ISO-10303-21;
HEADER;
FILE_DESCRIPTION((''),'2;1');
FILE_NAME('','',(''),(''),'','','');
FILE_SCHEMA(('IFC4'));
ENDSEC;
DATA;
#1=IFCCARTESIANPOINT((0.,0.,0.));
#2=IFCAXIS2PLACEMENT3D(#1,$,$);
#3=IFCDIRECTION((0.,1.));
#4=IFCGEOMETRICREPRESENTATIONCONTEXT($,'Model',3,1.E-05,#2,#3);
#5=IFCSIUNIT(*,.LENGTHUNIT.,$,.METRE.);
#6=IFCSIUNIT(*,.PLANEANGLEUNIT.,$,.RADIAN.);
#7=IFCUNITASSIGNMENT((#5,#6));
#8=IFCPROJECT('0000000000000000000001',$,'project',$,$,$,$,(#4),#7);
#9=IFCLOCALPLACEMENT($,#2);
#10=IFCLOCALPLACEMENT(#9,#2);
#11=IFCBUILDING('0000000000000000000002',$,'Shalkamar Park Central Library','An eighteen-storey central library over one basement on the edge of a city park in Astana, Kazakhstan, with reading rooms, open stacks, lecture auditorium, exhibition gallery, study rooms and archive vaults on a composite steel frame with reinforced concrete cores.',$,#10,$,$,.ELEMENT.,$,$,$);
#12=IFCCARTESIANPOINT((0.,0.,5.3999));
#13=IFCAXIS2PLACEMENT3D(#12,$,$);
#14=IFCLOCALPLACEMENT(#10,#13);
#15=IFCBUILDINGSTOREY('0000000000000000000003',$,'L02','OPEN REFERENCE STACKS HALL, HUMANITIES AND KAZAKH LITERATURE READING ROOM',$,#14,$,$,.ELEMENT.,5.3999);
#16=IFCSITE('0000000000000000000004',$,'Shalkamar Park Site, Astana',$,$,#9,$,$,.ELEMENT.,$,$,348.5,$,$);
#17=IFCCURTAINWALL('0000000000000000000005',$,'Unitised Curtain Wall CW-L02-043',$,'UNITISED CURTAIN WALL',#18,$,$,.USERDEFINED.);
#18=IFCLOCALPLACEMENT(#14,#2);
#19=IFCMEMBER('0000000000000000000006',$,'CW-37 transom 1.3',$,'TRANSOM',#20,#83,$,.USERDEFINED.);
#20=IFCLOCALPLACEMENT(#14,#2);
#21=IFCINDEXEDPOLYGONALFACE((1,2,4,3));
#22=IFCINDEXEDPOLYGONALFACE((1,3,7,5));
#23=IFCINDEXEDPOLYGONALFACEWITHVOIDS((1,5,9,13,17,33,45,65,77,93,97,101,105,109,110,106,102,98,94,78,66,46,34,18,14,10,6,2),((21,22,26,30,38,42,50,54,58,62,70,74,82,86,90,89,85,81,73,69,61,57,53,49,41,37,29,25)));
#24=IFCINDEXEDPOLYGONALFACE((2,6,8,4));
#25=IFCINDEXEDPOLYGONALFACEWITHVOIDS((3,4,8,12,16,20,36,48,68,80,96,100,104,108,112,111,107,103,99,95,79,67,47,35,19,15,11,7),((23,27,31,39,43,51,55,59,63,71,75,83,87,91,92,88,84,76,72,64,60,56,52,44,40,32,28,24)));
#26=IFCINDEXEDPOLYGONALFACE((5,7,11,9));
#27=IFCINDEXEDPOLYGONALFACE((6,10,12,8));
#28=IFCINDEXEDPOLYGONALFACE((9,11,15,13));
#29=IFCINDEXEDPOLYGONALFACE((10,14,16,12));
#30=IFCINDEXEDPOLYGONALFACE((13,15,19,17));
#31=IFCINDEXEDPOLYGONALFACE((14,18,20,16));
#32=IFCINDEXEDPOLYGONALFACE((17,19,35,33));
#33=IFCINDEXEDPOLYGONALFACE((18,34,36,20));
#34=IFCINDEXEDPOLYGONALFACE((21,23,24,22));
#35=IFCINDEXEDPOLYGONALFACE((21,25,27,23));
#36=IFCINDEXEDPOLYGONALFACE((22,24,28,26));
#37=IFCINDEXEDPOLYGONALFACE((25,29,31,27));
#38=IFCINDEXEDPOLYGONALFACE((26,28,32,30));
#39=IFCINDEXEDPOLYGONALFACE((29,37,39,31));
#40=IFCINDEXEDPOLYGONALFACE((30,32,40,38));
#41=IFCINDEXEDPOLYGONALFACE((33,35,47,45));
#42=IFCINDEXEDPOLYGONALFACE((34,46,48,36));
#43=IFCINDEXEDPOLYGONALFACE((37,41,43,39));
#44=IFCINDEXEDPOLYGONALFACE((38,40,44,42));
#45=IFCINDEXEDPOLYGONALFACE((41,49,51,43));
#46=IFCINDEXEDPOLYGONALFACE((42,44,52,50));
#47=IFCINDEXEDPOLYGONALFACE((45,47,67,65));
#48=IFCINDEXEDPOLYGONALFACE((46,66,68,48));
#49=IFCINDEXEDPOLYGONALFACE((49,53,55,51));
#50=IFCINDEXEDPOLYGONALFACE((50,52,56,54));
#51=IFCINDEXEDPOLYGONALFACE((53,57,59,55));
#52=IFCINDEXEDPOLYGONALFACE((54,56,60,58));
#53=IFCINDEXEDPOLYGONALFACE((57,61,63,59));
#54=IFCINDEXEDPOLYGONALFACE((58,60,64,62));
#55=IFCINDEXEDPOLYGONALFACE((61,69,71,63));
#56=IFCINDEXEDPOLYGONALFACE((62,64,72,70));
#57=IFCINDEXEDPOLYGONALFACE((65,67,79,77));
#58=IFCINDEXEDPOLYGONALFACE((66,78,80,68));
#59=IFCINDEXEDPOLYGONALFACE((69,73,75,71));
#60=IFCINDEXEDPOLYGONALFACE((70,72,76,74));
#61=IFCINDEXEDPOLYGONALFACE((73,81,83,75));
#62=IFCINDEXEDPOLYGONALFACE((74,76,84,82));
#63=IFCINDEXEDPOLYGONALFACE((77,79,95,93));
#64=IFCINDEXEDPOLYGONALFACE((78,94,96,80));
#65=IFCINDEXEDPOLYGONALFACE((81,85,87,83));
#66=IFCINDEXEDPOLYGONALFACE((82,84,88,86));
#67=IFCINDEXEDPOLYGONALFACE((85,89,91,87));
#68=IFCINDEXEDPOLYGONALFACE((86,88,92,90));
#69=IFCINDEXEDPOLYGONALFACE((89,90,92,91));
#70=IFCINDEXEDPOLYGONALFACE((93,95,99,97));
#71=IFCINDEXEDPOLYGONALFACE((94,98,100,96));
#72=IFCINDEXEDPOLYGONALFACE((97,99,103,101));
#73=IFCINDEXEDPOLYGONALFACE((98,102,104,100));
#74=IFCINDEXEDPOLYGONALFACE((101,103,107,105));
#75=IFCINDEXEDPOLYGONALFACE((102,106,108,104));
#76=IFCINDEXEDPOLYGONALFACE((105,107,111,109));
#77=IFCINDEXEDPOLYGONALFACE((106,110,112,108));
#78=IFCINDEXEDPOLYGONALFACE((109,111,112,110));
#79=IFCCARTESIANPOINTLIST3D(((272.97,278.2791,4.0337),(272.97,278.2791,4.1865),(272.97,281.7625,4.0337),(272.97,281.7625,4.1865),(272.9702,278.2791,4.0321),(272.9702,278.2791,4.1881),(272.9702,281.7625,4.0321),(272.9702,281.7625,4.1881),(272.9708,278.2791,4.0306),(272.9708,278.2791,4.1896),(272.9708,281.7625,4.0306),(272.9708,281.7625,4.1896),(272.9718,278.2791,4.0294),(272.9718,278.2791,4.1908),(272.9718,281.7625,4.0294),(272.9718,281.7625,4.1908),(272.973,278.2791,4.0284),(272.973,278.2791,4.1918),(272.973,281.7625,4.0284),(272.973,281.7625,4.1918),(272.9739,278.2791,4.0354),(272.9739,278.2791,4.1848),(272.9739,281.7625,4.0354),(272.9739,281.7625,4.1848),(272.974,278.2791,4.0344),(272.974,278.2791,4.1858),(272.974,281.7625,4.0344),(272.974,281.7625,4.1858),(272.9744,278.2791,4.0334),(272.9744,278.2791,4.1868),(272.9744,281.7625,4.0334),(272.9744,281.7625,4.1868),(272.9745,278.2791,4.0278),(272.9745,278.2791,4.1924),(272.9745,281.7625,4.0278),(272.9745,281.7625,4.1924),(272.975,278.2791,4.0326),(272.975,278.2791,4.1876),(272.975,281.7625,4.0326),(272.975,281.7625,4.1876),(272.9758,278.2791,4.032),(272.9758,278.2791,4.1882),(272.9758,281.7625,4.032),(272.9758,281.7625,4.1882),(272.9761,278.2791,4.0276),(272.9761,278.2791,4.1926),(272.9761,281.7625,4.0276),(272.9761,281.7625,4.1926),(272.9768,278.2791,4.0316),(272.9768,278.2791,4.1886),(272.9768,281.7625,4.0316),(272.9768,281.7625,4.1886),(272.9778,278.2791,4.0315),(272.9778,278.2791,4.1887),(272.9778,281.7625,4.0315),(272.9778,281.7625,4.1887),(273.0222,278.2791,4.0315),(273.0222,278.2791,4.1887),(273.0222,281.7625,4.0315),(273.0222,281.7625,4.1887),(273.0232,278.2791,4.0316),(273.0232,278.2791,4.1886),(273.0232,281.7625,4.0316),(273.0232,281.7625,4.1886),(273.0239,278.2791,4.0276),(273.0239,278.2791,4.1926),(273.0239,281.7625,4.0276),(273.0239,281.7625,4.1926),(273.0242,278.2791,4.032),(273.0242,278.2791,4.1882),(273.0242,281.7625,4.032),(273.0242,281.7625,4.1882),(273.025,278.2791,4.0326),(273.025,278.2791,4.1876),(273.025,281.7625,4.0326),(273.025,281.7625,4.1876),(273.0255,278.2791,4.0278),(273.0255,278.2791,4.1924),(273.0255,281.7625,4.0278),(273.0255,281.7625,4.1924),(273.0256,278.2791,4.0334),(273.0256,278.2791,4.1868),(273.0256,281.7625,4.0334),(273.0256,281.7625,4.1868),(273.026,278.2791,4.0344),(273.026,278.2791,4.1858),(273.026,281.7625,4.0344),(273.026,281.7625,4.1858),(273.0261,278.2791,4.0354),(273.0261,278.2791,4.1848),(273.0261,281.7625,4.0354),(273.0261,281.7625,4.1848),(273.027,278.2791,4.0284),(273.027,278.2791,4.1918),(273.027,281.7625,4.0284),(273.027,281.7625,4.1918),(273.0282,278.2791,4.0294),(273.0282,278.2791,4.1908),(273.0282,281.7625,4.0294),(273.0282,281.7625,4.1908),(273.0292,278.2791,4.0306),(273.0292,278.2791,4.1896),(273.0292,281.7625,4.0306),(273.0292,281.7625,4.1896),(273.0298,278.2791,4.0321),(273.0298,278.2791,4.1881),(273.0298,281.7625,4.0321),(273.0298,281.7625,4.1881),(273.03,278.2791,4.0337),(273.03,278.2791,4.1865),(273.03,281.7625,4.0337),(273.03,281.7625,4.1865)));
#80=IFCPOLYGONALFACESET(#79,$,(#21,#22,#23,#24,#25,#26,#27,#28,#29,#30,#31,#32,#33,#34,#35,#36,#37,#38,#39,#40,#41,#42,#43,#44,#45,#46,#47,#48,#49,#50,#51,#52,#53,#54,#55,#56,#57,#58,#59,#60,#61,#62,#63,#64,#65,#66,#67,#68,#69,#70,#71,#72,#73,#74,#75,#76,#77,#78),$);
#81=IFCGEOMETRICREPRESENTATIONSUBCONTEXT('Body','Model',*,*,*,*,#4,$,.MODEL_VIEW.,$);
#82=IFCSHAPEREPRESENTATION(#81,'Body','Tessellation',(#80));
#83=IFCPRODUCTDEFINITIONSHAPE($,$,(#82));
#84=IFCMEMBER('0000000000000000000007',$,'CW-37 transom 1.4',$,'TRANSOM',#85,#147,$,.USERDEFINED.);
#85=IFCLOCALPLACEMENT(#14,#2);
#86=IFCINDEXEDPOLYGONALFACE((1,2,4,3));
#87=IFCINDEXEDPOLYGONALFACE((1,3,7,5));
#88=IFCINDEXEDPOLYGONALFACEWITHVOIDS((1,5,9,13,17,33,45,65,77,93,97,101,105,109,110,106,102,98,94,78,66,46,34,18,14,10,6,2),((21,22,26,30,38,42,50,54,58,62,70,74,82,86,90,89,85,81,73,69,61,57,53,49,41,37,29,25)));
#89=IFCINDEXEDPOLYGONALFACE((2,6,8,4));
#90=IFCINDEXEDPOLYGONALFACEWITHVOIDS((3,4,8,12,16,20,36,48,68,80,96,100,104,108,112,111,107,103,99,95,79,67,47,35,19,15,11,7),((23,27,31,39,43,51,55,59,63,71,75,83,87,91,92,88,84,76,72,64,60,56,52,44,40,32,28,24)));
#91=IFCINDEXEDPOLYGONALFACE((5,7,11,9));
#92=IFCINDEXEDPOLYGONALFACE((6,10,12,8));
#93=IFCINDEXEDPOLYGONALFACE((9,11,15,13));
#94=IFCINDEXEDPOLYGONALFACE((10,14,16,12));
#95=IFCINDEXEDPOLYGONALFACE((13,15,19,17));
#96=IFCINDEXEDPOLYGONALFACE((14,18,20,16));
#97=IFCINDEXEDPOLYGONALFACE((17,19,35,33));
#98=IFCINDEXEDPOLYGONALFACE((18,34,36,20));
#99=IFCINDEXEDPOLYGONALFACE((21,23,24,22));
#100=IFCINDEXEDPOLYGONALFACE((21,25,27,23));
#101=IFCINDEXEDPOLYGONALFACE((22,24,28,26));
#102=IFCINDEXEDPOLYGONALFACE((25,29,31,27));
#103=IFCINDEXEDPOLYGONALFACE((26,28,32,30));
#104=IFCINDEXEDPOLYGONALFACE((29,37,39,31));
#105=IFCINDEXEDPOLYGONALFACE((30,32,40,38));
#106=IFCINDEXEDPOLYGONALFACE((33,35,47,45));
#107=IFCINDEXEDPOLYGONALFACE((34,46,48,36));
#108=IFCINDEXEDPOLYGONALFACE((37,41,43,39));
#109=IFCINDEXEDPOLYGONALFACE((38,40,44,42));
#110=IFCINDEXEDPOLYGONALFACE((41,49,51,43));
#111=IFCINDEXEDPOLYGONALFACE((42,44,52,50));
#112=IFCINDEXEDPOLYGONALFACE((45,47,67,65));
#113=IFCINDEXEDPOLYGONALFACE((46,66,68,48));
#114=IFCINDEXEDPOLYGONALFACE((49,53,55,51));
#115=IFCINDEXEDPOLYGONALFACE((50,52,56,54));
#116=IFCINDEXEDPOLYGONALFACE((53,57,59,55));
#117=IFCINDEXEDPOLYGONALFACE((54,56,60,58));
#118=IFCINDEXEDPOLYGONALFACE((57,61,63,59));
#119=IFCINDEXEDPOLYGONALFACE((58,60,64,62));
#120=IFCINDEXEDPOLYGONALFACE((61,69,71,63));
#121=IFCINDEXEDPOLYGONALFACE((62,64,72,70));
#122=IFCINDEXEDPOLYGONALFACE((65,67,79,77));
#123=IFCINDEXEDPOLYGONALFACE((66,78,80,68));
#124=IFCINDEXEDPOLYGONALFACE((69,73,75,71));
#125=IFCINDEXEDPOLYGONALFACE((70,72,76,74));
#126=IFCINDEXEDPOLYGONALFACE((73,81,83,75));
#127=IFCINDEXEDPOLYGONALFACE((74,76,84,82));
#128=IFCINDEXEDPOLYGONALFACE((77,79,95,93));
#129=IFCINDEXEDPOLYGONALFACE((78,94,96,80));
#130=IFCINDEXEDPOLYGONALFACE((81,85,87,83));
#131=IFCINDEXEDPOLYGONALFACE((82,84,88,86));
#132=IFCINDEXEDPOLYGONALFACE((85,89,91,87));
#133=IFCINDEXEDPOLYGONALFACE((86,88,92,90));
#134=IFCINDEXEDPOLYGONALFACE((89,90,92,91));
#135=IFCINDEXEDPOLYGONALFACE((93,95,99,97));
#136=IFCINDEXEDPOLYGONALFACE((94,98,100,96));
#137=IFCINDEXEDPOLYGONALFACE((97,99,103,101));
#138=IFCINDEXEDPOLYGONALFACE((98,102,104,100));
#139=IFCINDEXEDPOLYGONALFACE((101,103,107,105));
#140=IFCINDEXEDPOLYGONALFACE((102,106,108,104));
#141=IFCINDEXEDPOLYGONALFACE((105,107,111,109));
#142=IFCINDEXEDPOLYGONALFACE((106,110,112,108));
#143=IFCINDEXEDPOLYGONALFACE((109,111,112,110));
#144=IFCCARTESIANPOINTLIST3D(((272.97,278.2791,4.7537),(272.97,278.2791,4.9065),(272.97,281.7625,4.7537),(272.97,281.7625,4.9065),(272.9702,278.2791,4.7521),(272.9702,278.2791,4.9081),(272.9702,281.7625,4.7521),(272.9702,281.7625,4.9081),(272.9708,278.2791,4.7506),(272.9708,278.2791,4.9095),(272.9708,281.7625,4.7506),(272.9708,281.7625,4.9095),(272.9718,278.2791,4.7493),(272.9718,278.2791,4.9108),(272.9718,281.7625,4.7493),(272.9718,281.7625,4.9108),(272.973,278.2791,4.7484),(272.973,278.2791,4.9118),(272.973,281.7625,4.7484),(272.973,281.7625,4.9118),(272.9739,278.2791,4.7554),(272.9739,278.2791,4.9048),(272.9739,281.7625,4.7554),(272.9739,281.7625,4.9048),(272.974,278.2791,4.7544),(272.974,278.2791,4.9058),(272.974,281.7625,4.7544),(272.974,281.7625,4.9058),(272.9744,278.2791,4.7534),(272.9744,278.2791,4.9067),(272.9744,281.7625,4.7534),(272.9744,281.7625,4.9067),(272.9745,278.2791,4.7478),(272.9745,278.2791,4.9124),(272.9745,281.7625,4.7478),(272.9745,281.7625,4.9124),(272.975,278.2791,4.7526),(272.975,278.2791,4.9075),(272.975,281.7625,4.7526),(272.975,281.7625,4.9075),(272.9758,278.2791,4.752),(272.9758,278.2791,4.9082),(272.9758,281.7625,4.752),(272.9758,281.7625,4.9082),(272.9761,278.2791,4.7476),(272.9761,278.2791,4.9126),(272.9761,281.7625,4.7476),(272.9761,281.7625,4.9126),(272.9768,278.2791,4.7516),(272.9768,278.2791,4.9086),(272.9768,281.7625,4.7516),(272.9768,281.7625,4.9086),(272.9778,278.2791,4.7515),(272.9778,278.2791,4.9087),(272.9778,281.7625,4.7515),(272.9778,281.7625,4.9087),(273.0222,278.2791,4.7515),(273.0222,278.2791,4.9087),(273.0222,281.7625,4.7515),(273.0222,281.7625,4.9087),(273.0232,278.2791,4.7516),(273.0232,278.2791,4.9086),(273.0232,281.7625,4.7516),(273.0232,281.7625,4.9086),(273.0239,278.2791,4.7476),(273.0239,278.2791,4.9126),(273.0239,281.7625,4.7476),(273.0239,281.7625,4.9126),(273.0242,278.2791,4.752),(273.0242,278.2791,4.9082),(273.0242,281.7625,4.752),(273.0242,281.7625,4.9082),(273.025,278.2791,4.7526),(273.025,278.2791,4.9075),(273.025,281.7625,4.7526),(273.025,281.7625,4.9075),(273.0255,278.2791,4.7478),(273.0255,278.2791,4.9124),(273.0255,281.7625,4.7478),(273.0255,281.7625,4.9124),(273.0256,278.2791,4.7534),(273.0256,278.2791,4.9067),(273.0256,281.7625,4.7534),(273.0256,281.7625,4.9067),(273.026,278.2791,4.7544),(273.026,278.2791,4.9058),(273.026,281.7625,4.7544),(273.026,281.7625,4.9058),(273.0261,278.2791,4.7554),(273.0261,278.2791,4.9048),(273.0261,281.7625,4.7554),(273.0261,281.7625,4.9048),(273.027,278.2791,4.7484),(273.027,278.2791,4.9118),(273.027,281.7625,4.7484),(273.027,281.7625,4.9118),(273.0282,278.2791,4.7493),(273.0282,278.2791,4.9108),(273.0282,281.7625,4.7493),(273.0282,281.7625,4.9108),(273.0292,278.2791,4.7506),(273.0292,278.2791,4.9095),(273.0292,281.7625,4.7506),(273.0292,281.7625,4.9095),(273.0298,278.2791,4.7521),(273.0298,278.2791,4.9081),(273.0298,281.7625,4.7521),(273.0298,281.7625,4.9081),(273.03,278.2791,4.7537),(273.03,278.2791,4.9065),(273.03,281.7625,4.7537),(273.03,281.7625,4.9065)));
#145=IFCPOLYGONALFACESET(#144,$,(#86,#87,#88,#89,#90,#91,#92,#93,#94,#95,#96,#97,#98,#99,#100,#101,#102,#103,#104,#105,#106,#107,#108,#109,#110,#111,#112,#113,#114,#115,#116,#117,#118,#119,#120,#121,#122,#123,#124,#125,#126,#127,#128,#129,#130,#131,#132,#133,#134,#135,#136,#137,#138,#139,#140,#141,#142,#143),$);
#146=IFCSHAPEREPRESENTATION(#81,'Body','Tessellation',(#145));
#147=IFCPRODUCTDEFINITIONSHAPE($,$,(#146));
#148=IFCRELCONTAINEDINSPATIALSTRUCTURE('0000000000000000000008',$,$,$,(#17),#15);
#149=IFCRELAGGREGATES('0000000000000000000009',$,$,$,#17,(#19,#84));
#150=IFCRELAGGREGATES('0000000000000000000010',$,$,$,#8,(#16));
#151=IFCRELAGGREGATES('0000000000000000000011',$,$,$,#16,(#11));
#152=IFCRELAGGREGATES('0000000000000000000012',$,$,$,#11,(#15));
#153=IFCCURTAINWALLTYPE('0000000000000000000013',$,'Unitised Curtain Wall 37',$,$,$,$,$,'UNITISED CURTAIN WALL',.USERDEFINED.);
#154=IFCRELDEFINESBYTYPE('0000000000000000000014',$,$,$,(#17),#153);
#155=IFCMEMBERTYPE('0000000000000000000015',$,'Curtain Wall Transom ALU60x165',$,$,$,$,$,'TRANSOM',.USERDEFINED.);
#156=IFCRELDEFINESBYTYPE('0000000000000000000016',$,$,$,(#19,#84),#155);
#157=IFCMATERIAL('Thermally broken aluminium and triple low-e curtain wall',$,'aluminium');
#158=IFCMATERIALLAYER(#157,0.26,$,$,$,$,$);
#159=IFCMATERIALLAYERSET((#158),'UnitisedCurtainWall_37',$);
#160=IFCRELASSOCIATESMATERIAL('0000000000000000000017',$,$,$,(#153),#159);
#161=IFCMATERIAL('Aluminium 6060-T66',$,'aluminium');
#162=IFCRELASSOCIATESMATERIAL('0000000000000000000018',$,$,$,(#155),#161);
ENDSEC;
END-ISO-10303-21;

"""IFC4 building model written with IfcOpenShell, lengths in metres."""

from ifc_helpers import new_model, si_unit, direction, frame, origin, origin_2d, place, context, subcontext, project, spatial, hollow_rectangle, extrude, material, layer, layer_set, material_profile, profile_set, type_object, element, aggregate, save


model = new_model("IFC4")

# Units and contexts
model_context = context("Model", 3, precision=1e-05, world=origin(), true_north=direction((0.0, 1.0)))
body_context = subcontext(model_context, "Body", "Model", "MODEL_VIEW")
ifc_project = project(units=[si_unit("LENGTHUNIT", "METRE"), si_unit("PLANEANGLEUNIT", "RADIAN")], contexts=[model_context])

# Site, building, storey
site_placement = place(None, origin())
site = spatial("IfcSite", under=ifc_project, at=site_placement, Name="Shalkamar Park Site, Astana", CompositionType="ELEMENT", RefElevation=348.5)
building_placement = place(site_placement, origin())
building = spatial("IfcBuilding", under=site, at=building_placement, Name="Shalkamar Park Central Library", Description="An eighteen-storey central library over one basement on the edge of a city park in Astana, Kazakhstan, with reading rooms, open stacks, lecture auditorium, exhibition gallery, study rooms and archive vaults on a composite steel frame with reinforced concrete cores.", CompositionType="ELEMENT")
storey_placement = place(building_placement, frame((0.0, 0.0, 5.3999)))
storey = spatial("IfcBuildingStorey", under=building, at=storey_placement, Name="L02", Description="OPEN REFERENCE STACKS HALL, HUMANITIES AND KAZAKH LITERATURE READING ROOM", CompositionType="ELEMENT", Elevation=5.3999)

# Curtain wall, members
ifc_material_1 = material(Name="Thermally broken aluminium and triple low-e curtain wall", Category="aluminium")
ifc_layer_1 = layer(ifc_material_1, 0.26)
ifc_layer_set_1 = layer_set([ifc_layer_1], Name="UnitisedCurtainWall_37")
curtain_wall_type = type_object("IfcCurtainWallType", Name="Unitised Curtain Wall 37", ElementType="UNITISED CURTAIN WALL", PredefinedType="USERDEFINED", material=ifc_layer_set_1)
curtain_wall_placement = place(storey_placement, origin())
curtain_wall = element("IfcCurtainWall", 1, at=curtain_wall_placement, inside=storey, type_object=curtain_wall_type, Name="Unitised Curtain Wall CW-L02-043", ObjectType="UNITISED CURTAIN WALL", PredefinedType="USERDEFINED")
ifc_material_2 = material(Name="Aluminium 6060-T66", Category="aluminium")
ifc_material_profile_1 = material_profile(ifc_material_2, hollow_rectangle(XDim=0.0601, YDim=0.165, WallThickness=0.0039, InnerFilletRadius=0.0039, OuterFilletRadius=0.0061, at=origin_2d()), Name="ALU 60x165x4")
ifc_profile_set_1 = profile_set([ifc_material_profile_1], Name="Aluminium 6060-T66")
member_type_1 = type_object("IfcMemberType", Name="Curtain Wall Transom ALU60x165", ElementType="TRANSOM", PredefinedType="USERDEFINED", material=ifc_profile_set_1)
member_1_placement = place(storey_placement, frame((273.0, 278.2791, 4.1101), z_axis=(0.0, 1.0, 0.0), x_axis=(-1.0, 0.0, 0.0)))
member_1 = element("IfcMember", 2, at=member_1_placement, type_object=member_type_1, Name="CW-37 transom 1.3", ObjectType="TRANSOM", PredefinedType="USERDEFINED", context=body_context, shape_type="SweptSolid", body=[
    extrude(hollow_rectangle(XDim=0.0601, YDim=0.165, WallThickness=0.0039, InnerFilletRadius=0.0039, OuterFilletRadius=0.0061, at=origin_2d()), origin(), (0.0, 0.0, 1.0), 3.4834),
])
member_2_placement = place(storey_placement, frame((273.0, 278.2791, 4.8301), z_axis=(0.0, 1.0, 0.0), x_axis=(-1.0, 0.0, 0.0)))
member_2 = element("IfcMember", 3, at=member_2_placement, type_object=member_type_1, Name="CW-37 transom 1.4", ObjectType="TRANSOM", PredefinedType="USERDEFINED", context=body_context, shape_type="SweptSolid", body=[
    extrude(hollow_rectangle(XDim=0.0601, YDim=0.165, WallThickness=0.0039, InnerFilletRadius=0.0039, OuterFilletRadius=0.0061, at=origin_2d()), origin(), (0.0, 0.0, 1.0), 3.4834),
])

aggregate(curtain_wall, [member_1, member_2])

save(model, "model.ifc")
